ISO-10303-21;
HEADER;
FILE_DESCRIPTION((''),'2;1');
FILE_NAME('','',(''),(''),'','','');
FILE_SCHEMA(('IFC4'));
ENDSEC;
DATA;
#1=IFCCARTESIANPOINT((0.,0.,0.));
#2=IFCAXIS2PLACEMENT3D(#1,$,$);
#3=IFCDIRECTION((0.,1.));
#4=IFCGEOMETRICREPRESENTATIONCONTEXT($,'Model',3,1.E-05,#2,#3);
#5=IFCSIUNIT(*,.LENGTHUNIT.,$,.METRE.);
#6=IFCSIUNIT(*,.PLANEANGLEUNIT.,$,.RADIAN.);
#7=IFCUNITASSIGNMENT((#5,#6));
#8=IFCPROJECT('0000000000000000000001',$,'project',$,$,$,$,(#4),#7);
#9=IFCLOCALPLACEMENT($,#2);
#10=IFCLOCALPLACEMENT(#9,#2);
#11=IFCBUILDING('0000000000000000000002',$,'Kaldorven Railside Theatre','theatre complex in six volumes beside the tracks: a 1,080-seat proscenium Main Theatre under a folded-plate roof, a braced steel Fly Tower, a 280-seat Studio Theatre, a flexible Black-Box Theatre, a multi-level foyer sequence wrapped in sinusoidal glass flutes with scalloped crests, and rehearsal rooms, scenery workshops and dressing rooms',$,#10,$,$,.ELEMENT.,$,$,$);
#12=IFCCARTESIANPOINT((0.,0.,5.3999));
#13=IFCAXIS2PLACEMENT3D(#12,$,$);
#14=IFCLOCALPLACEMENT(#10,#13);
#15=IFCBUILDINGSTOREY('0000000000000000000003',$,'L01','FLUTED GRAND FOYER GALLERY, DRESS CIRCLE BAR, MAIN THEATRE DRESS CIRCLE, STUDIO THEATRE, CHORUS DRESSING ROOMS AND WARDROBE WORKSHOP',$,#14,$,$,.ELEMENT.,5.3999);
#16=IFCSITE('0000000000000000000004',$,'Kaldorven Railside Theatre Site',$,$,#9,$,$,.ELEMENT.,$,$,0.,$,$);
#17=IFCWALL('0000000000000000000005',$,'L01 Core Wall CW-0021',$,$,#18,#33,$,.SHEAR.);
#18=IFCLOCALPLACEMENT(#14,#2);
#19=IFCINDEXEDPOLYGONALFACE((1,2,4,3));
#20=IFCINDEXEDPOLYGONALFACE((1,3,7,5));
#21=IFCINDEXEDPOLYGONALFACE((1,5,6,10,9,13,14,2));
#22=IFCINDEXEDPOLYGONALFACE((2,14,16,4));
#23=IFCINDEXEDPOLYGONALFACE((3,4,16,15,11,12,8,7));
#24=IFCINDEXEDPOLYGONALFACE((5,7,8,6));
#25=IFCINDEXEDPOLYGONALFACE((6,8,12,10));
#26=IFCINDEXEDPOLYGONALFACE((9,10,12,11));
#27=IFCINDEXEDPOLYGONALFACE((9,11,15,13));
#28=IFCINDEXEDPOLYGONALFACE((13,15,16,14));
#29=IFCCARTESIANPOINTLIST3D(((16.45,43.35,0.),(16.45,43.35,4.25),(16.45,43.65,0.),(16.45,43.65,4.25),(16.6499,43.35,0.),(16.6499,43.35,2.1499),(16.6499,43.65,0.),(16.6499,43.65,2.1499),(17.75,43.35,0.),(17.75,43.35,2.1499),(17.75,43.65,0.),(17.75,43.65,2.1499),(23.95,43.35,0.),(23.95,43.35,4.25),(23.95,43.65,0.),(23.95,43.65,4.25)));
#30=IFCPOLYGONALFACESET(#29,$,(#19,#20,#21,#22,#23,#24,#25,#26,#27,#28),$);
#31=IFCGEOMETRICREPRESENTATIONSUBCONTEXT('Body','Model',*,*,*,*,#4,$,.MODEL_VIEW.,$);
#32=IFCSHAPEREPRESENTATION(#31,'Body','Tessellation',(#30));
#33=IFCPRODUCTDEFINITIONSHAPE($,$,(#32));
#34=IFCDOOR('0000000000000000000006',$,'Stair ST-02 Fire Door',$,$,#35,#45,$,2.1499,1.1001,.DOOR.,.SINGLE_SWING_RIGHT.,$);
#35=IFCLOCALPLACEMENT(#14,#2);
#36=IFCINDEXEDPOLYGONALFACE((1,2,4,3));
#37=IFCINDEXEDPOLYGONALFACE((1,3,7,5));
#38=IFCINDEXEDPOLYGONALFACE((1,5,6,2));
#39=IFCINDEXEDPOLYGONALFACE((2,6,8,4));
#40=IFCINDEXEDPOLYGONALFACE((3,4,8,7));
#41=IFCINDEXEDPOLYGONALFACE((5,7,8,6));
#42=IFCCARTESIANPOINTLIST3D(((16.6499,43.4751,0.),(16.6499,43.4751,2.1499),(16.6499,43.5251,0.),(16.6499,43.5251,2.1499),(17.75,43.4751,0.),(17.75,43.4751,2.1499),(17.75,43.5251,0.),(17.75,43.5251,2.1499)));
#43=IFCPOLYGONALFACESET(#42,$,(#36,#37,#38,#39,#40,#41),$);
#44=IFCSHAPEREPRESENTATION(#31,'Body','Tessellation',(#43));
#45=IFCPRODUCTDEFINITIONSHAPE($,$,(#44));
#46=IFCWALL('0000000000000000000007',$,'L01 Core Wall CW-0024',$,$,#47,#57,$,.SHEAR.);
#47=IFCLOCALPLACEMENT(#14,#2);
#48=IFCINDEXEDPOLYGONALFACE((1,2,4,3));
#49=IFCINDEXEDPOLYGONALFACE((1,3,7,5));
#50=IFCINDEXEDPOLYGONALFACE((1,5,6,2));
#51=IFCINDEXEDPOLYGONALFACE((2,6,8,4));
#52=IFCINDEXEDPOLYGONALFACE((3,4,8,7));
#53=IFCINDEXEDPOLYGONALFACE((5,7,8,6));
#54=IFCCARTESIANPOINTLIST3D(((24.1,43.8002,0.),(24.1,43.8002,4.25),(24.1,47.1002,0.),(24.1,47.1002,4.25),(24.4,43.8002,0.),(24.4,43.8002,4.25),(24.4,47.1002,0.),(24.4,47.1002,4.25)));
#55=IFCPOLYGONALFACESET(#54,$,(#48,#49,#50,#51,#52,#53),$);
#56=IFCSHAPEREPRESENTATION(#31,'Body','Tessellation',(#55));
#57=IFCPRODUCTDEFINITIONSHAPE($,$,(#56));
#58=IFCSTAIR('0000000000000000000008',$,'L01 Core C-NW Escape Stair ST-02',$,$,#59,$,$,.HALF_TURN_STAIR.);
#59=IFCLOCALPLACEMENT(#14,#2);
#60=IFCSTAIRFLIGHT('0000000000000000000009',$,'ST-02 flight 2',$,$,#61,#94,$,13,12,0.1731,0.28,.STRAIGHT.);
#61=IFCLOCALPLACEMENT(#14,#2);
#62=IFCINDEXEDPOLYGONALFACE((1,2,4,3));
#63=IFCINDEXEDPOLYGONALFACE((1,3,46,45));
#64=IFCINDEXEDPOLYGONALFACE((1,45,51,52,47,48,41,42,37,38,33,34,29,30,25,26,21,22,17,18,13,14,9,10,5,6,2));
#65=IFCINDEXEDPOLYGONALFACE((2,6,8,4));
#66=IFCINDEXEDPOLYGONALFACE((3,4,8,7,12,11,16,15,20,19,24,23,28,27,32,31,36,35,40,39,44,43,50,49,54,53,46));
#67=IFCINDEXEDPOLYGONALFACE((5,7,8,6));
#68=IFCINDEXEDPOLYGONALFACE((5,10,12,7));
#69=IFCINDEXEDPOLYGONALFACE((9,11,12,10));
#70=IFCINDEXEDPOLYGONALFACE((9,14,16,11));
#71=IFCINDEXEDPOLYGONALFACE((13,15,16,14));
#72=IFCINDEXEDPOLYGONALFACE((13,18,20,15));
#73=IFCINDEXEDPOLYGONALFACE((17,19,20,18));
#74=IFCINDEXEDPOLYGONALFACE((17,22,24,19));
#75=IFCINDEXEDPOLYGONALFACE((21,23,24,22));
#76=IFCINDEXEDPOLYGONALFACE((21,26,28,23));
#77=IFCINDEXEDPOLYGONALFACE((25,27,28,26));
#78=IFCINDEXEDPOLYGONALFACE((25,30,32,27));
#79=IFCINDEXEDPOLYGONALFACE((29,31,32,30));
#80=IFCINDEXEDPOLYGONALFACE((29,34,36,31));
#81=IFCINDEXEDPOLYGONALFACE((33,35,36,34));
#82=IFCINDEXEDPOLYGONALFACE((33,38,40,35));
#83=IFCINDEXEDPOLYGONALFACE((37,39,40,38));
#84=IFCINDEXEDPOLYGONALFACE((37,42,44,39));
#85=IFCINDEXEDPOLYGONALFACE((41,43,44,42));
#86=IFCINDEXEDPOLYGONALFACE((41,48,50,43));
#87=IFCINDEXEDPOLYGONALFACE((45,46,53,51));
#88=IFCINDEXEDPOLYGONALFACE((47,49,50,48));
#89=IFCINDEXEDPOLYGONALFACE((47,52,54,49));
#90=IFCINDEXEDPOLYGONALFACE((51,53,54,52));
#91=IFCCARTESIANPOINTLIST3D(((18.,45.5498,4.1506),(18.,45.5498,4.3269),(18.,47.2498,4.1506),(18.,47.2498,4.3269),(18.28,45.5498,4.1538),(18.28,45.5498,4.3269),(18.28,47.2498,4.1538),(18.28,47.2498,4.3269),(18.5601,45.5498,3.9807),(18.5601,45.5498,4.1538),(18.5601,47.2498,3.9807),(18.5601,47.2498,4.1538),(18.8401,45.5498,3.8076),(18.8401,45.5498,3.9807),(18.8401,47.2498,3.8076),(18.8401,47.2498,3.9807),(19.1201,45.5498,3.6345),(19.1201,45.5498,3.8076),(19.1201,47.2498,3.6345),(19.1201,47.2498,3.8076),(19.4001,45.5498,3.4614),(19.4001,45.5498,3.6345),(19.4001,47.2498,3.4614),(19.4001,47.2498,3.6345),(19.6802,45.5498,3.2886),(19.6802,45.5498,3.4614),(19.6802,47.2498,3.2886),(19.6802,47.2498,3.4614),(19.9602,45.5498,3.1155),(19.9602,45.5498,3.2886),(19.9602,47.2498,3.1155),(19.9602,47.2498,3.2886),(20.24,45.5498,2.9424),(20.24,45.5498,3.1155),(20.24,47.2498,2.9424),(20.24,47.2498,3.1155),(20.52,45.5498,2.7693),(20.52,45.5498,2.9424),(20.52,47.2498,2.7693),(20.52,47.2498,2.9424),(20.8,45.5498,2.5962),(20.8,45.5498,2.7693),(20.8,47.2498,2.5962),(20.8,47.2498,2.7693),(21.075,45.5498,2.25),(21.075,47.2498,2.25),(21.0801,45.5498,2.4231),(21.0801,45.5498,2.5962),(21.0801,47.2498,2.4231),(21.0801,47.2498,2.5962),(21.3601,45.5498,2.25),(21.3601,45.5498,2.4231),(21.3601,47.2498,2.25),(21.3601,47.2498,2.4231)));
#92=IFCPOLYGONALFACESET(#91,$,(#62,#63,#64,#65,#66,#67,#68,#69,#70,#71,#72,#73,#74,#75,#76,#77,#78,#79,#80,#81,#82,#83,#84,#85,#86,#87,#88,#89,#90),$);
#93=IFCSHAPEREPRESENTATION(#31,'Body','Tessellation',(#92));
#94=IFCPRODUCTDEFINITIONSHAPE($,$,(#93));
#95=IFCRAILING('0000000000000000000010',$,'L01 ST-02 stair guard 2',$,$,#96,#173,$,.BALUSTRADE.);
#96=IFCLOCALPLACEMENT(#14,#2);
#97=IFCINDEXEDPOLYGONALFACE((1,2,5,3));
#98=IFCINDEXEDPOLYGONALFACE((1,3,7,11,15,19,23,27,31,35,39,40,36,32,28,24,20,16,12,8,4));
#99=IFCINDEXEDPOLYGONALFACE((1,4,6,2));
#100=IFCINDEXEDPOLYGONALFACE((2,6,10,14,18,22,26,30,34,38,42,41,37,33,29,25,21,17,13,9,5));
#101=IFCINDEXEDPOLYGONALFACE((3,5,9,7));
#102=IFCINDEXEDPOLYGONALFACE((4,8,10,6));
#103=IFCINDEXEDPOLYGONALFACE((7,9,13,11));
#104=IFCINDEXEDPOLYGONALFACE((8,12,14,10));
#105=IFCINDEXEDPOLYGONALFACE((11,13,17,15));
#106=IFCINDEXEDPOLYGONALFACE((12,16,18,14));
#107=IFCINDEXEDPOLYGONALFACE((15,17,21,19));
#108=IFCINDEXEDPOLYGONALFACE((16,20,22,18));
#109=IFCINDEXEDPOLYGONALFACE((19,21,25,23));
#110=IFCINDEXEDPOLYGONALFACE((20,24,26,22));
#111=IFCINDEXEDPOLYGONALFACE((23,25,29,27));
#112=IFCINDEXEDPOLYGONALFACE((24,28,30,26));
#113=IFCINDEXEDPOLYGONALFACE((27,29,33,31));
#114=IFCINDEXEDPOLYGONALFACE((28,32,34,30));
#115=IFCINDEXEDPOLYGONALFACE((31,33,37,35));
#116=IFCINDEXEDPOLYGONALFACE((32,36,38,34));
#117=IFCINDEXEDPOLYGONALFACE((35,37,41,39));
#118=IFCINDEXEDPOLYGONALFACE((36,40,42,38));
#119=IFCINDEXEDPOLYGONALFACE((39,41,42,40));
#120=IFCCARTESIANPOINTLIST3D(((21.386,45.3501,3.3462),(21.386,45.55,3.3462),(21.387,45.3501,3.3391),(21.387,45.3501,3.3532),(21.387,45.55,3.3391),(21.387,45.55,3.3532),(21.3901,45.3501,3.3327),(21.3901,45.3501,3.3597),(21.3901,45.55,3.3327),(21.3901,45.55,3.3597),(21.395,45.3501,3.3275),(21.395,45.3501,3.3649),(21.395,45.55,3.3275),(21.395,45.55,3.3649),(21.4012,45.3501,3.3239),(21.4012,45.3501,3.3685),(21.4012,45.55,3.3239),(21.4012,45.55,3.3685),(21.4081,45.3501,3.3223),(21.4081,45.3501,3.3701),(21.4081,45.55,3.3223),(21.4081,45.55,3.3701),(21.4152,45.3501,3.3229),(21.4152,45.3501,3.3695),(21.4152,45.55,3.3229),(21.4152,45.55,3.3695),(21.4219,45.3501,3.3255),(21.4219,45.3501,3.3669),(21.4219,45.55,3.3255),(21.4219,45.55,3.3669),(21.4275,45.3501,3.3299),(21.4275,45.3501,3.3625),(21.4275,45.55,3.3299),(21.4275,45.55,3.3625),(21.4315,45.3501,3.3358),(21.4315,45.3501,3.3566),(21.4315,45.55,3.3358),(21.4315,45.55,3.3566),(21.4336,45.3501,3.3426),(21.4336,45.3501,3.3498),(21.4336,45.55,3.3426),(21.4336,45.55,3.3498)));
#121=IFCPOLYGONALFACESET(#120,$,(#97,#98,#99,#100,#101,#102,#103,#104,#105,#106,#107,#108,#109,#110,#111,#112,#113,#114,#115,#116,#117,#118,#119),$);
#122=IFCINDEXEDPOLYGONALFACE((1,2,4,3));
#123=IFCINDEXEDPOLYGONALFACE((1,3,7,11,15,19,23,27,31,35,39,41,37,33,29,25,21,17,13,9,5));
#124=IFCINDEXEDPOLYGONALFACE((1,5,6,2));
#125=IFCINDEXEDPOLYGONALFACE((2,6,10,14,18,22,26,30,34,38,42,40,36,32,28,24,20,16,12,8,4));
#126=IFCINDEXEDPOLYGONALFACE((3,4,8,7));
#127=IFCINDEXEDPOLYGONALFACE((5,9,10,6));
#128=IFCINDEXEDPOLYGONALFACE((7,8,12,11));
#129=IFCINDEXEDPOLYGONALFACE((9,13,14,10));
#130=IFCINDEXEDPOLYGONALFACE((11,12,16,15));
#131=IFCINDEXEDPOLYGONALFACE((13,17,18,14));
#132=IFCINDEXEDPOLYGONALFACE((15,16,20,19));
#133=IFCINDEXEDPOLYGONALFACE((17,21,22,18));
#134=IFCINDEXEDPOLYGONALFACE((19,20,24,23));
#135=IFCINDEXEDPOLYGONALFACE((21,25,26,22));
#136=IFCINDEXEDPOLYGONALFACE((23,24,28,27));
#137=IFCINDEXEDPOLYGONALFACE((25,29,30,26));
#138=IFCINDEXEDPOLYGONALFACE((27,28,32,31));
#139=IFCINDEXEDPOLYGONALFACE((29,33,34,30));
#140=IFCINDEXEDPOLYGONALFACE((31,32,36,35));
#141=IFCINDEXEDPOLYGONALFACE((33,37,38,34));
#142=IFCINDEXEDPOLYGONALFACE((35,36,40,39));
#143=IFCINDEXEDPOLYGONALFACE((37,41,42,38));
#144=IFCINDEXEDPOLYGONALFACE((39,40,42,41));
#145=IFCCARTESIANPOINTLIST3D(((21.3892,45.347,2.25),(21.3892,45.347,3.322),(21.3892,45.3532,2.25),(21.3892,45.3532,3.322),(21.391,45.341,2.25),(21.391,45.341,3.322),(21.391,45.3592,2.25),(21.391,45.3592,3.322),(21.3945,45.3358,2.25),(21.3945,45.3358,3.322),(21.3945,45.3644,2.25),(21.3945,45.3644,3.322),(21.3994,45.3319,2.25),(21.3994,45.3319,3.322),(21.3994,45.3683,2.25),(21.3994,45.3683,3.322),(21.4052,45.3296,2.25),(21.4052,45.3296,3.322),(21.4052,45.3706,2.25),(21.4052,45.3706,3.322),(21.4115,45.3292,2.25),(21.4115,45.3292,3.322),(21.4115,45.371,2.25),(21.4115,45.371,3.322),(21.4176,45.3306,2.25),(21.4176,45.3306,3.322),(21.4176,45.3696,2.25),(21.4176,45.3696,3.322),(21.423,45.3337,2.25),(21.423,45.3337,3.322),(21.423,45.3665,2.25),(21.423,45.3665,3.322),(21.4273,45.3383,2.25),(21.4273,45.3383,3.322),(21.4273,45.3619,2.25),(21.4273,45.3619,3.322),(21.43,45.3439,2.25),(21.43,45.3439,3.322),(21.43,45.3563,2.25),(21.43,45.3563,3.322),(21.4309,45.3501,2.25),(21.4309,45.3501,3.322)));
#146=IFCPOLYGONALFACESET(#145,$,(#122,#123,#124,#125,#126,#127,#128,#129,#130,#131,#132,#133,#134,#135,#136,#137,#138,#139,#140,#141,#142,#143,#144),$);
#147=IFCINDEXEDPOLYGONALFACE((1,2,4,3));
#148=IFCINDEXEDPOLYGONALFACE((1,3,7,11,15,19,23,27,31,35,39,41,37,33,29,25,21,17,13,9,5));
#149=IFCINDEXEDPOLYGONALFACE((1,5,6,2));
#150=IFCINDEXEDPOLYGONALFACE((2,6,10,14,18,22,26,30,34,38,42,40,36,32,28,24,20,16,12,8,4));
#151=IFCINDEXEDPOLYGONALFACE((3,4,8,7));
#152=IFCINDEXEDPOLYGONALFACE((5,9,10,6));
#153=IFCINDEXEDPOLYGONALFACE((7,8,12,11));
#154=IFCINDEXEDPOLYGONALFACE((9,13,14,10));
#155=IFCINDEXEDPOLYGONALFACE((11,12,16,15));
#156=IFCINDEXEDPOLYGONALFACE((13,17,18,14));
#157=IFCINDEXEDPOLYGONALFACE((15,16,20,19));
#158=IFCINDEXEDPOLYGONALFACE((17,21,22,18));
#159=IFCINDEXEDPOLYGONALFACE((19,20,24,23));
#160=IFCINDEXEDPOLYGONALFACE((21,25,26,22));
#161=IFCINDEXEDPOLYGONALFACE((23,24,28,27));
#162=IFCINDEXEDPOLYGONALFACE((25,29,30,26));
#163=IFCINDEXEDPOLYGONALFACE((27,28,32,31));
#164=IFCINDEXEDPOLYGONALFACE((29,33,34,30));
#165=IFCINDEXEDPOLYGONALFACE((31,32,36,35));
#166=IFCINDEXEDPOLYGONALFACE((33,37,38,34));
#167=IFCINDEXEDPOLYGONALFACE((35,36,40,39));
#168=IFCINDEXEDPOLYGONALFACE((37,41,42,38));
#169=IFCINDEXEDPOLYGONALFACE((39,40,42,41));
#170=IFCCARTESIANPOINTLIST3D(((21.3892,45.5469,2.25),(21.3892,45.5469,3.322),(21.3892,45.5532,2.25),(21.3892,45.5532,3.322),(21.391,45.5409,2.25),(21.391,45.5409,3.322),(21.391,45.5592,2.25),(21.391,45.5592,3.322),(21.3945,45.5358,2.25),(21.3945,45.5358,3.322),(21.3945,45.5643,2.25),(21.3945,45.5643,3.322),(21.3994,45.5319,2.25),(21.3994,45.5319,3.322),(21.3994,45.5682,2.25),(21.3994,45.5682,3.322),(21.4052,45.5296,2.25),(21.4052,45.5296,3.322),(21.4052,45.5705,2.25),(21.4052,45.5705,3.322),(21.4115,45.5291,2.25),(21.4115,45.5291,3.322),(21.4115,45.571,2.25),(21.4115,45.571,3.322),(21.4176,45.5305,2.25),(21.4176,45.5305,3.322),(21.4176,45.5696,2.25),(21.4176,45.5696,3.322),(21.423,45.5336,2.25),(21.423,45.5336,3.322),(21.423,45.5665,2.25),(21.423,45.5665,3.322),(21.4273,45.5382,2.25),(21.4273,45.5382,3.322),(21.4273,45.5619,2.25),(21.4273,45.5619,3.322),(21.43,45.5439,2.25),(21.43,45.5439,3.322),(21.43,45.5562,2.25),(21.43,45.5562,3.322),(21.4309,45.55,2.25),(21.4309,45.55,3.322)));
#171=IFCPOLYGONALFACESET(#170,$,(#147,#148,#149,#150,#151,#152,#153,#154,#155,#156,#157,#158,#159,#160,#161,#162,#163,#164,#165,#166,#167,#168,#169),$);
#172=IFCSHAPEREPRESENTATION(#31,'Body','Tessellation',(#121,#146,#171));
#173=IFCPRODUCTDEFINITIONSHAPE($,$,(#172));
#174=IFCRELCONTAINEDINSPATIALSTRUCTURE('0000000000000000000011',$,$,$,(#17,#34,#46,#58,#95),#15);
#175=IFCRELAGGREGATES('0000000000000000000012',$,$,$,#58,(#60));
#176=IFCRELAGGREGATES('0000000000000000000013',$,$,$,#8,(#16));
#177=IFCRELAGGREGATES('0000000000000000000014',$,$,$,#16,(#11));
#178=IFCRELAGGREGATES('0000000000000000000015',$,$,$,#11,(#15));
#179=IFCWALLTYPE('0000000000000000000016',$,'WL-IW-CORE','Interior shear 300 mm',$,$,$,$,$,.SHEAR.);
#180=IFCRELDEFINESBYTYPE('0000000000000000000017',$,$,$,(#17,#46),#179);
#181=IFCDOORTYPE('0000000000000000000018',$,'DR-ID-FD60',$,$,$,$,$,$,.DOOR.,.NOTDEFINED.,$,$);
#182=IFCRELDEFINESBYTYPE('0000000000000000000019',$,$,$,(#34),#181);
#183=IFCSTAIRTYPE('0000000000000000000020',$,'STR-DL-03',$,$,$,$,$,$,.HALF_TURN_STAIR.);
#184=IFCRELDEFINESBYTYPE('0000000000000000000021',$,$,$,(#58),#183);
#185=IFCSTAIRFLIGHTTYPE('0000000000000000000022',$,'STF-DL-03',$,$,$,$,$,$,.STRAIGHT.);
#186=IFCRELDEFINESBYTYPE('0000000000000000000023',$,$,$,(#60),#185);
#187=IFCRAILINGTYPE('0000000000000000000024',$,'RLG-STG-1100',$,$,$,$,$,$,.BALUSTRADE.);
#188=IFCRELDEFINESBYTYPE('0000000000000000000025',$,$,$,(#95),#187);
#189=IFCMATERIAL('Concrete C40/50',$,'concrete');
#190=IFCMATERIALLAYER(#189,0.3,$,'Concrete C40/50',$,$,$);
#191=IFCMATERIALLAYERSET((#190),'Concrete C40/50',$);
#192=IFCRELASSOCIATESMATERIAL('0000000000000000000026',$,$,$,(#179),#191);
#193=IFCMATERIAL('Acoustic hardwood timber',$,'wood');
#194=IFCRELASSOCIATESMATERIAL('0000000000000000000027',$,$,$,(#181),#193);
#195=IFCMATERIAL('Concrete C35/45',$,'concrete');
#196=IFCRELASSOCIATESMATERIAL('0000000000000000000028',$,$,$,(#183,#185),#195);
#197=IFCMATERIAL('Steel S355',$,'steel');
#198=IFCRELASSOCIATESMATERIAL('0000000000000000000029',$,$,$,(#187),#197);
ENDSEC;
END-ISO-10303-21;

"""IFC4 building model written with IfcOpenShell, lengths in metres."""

from ifc_helpers import new_model, si_unit, direction, frame, frame_2d, origin, origin_2d, place, context, subcontext, project, spatial, polyline, rectangle, circle, outline, extrude, material, layer, layer_set, type_object, element, fill, aggregate, save


model = new_model("IFC4")

# Units and contexts
model_context = context("Model", 3, precision=1e-05, world=origin(), true_north=direction((0.0, 1.0)))
body_context = subcontext(model_context, "Body", "Model", "MODEL_VIEW")
ifc_project = project(units=[si_unit("LENGTHUNIT", "METRE"), si_unit("PLANEANGLEUNIT", "RADIAN")], contexts=[model_context])

# Site, building, storey
site_placement = place(None, origin())
site = spatial("IfcSite", under=ifc_project, at=site_placement, Name="Kaldorven Railside Theatre Site", CompositionType="ELEMENT", RefElevation=0.0)
building_placement = place(site_placement, origin())
building = spatial("IfcBuilding", under=site, at=building_placement, Name="Kaldorven Railside Theatre", Description="theatre complex in six volumes beside the tracks: a 1,080-seat proscenium Main Theatre under a folded-plate roof, a braced steel Fly Tower, a 280-seat Studio Theatre, a flexible Black-Box Theatre, a multi-level foyer sequence wrapped in sinusoidal glass flutes with scalloped crests, and rehearsal rooms, scenery workshops and dressing rooms", CompositionType="ELEMENT")
storey_placement = place(building_placement, frame((0.0, 0.0, 5.3999)))
storey = spatial("IfcBuildingStorey", under=building, at=storey_placement, Name="L01", Description="FLUTED GRAND FOYER GALLERY, DRESS CIRCLE BAR, MAIN THEATRE DRESS CIRCLE, STUDIO THEATRE, CHORUS DRESSING ROOMS AND WARDROBE WORKSHOP", CompositionType="ELEMENT", Elevation=5.3999)

# Shared definitions
ifc_material_1 = material(Name="Concrete C40/50", Category="concrete")

# Shared definitions
ifc_material_2 = material(Name="Steel S355", Category="steel")

# Shared definitions
ifc_material_3 = material(Name="Acoustic hardwood timber", Category="wood")

# Wall, opening, door
ifc_layer_1 = layer(ifc_material_1, 0.3, Name="Concrete C40/50")
ifc_layer_set_1 = layer_set([ifc_layer_1], Name="Concrete C40/50")
wall_type_1 = type_object("IfcWallType", Name="WL-IW-CORE", Description="Interior shear 300 mm", PredefinedType="SHEAR", material=ifc_layer_set_1)
wall_1_placement = place(storey_placement, frame((23.95, 43.5, 0.0), z_axis=(0.0, 0.0, 1.0), x_axis=(-1.0, 0.0, 0.0)))
wall_1 = element("IfcWall", 1, at=wall_1_placement, inside=storey, type_object=wall_type_1, Name="L01 Core Wall CW-0021", PredefinedType="SHEAR", context=body_context, shape_type="SweptSolid", body=[
    extrude(rectangle(XDim=7.5, YDim=0.3, at=frame_2d((3.75, 0.0))), origin(), (0.0, 0.0, 1.0), 4.25),
])
opening_1_placement = place(wall_1_placement, frame((6.2, 0.0, 0.0)))
opening_1 = element("IfcOpeningElement", 2, at=opening_1_placement, cuts=wall_1, PredefinedType="OPENING", context=body_context, shape_type="SweptSolid", body=[
    extrude(rectangle(XDim=1.1001, YDim=2.1499, at=frame_2d((0.55, 1.075))), frame((0.0, 0.1602, 0.0), z_axis=(0.0, -1.0, 0.0), x_axis=(1.0, 0.0, 0.0)), (0.0, 0.0, 1.0), 0.3201),
])
door_type_1 = type_object("IfcDoorType", Name="DR-ID-FD60", OperationType="NOTDEFINED", PredefinedType="DOOR", material=ifc_material_3)
door_1_placement = place(opening_1_placement, origin())
door_1 = element("IfcDoor", 3, at=door_1_placement, inside=storey, type_object=door_type_1, Name="Stair ST-02 Fire Door", OperationType="SINGLE_SWING_RIGHT", OverallHeight=2.1499, OverallWidth=1.1001, PredefinedType="DOOR", context=body_context, shape_type="SweptSolid", body=[
    extrude(rectangle(XDim=1.1001, YDim=2.1499, at=frame_2d((0.55, 1.075))), frame((0.0, 0.0249, 0.0), z_axis=(0.0, -1.0, 0.0), x_axis=(1.0, 0.0, 0.0)), (0.0, 0.0, 1.0), 0.05),
])
fill(opening_1, door_1)

# Wall
wall_2_placement = place(storey_placement, frame((24.25, 47.1001, 0.0), z_axis=(0.0, 0.0, 1.0), x_axis=(0.0, -1.0, 0.0)))
element("IfcWall", 4, at=wall_2_placement, inside=storey, type_object=wall_type_1, Name="L01 Core Wall CW-0024", PredefinedType="SHEAR", context=body_context, shape_type="SweptSolid", body=[
    extrude(rectangle(XDim=3.3, YDim=0.3, at=frame_2d((1.6499, 0.0))), origin(), (0.0, 0.0, 1.0), 4.25),
])

# Stair, stair flight
ifc_material_4 = material(Name="Concrete C35/45", Category="concrete")
stair_type = type_object("IfcStairType", Name="STR-DL-03", PredefinedType="HALF_TURN_STAIR", material=ifc_material_4)
stair_placement = place(storey_placement, origin())
stair = element("IfcStair", 5, at=stair_placement, inside=storey, type_object=stair_type, Name="L01 Core C-NW Escape Stair ST-02", PredefinedType="HALF_TURN_STAIR")
stair_flight_type = type_object("IfcStairFlightType", Name="STF-DL-03", PredefinedType="STRAIGHT", material=ifc_material_4)
stair_flight_placement = place(storey_placement, frame((21.3601, 46.3999, 2.25), z_axis=(0.0, 0.0, 1.0), x_axis=(-1.0, 0.0, 0.0)))
stair_flight = element("IfcStairFlight", 6, at=stair_flight_placement, type_object=stair_flight_type, Name="ST-02 flight 2", NumberOfRisers=13, NumberOfTreads=12, PredefinedType="STRAIGHT", RiserHeight=0.1731, TreadLength=0.28, context=body_context, shape_type="SweptSolid", body=[
    extrude(outline(polyline([(0.0, 0.0), (0.0, 0.1731), (0.28, 0.1731), (0.28, 0.3462), (0.5601, 0.3462), (0.5601, 0.5193), (0.8401, 0.5193), (0.8401, 0.6924), (1.1201, 0.6924), (1.1201, 0.8655), (1.3999, 0.8655), (1.3999, 1.0386), (1.6799, 1.0386), (1.6799, 1.2114), (1.96, 1.2114), (1.96, 1.3845), (2.24, 1.3845), (2.24, 1.5576), (2.52, 1.5576), (2.52, 1.7307), (2.8, 1.7307), (2.8, 1.9038), (3.0801, 1.9038), (3.0801, 2.0769), (3.3601, 2.0769), (3.3601, 2.25), (3.3601, 1.9006), (0.2852, 0.0), (0.0, 0.0)])), frame((0.0, 0.8501, 0.0), z_axis=(0.0, -1.0, 0.0), x_axis=(1.0, 0.0, 0.0)), (0.0, 0.0, 1.0), 1.7),
])
aggregate(stair, [stair_flight])

# Railing
railing_type_1 = type_object("IfcRailingType", Name="RLG-STG-1100", PredefinedType="BALUSTRADE", material=ifc_material_2)
railing_1_placement = place(storey_placement, frame((21.4099, 45.3501, 2.25)))
element("IfcRailing", 7, at=railing_1_placement, inside=storey, type_object=railing_type_1, Name="L01 ST-02 stair guard 2", PredefinedType="BALUSTRADE", context=body_context, shape_type="SweptSolid", body=[
    extrude(circle(Radius=0.0239, at=origin_2d()), frame((0.0, 0.0, 1.0962), z_axis=(0.0, 1.0, 0.0), x_axis=(-1.0, 0.0, 0.0)), (0.0, 0.0, 1.0), 0.2),
    extrude(circle(Radius=0.021, at=origin_2d()), origin(), (0.0, 0.0, 1.0), 1.072),
    extrude(circle(Radius=0.021, at=origin_2d()), frame((0.0, 0.2, 0.0)), (0.0, 0.0, 1.0), 1.072),
])

save(model, "model.ifc")
